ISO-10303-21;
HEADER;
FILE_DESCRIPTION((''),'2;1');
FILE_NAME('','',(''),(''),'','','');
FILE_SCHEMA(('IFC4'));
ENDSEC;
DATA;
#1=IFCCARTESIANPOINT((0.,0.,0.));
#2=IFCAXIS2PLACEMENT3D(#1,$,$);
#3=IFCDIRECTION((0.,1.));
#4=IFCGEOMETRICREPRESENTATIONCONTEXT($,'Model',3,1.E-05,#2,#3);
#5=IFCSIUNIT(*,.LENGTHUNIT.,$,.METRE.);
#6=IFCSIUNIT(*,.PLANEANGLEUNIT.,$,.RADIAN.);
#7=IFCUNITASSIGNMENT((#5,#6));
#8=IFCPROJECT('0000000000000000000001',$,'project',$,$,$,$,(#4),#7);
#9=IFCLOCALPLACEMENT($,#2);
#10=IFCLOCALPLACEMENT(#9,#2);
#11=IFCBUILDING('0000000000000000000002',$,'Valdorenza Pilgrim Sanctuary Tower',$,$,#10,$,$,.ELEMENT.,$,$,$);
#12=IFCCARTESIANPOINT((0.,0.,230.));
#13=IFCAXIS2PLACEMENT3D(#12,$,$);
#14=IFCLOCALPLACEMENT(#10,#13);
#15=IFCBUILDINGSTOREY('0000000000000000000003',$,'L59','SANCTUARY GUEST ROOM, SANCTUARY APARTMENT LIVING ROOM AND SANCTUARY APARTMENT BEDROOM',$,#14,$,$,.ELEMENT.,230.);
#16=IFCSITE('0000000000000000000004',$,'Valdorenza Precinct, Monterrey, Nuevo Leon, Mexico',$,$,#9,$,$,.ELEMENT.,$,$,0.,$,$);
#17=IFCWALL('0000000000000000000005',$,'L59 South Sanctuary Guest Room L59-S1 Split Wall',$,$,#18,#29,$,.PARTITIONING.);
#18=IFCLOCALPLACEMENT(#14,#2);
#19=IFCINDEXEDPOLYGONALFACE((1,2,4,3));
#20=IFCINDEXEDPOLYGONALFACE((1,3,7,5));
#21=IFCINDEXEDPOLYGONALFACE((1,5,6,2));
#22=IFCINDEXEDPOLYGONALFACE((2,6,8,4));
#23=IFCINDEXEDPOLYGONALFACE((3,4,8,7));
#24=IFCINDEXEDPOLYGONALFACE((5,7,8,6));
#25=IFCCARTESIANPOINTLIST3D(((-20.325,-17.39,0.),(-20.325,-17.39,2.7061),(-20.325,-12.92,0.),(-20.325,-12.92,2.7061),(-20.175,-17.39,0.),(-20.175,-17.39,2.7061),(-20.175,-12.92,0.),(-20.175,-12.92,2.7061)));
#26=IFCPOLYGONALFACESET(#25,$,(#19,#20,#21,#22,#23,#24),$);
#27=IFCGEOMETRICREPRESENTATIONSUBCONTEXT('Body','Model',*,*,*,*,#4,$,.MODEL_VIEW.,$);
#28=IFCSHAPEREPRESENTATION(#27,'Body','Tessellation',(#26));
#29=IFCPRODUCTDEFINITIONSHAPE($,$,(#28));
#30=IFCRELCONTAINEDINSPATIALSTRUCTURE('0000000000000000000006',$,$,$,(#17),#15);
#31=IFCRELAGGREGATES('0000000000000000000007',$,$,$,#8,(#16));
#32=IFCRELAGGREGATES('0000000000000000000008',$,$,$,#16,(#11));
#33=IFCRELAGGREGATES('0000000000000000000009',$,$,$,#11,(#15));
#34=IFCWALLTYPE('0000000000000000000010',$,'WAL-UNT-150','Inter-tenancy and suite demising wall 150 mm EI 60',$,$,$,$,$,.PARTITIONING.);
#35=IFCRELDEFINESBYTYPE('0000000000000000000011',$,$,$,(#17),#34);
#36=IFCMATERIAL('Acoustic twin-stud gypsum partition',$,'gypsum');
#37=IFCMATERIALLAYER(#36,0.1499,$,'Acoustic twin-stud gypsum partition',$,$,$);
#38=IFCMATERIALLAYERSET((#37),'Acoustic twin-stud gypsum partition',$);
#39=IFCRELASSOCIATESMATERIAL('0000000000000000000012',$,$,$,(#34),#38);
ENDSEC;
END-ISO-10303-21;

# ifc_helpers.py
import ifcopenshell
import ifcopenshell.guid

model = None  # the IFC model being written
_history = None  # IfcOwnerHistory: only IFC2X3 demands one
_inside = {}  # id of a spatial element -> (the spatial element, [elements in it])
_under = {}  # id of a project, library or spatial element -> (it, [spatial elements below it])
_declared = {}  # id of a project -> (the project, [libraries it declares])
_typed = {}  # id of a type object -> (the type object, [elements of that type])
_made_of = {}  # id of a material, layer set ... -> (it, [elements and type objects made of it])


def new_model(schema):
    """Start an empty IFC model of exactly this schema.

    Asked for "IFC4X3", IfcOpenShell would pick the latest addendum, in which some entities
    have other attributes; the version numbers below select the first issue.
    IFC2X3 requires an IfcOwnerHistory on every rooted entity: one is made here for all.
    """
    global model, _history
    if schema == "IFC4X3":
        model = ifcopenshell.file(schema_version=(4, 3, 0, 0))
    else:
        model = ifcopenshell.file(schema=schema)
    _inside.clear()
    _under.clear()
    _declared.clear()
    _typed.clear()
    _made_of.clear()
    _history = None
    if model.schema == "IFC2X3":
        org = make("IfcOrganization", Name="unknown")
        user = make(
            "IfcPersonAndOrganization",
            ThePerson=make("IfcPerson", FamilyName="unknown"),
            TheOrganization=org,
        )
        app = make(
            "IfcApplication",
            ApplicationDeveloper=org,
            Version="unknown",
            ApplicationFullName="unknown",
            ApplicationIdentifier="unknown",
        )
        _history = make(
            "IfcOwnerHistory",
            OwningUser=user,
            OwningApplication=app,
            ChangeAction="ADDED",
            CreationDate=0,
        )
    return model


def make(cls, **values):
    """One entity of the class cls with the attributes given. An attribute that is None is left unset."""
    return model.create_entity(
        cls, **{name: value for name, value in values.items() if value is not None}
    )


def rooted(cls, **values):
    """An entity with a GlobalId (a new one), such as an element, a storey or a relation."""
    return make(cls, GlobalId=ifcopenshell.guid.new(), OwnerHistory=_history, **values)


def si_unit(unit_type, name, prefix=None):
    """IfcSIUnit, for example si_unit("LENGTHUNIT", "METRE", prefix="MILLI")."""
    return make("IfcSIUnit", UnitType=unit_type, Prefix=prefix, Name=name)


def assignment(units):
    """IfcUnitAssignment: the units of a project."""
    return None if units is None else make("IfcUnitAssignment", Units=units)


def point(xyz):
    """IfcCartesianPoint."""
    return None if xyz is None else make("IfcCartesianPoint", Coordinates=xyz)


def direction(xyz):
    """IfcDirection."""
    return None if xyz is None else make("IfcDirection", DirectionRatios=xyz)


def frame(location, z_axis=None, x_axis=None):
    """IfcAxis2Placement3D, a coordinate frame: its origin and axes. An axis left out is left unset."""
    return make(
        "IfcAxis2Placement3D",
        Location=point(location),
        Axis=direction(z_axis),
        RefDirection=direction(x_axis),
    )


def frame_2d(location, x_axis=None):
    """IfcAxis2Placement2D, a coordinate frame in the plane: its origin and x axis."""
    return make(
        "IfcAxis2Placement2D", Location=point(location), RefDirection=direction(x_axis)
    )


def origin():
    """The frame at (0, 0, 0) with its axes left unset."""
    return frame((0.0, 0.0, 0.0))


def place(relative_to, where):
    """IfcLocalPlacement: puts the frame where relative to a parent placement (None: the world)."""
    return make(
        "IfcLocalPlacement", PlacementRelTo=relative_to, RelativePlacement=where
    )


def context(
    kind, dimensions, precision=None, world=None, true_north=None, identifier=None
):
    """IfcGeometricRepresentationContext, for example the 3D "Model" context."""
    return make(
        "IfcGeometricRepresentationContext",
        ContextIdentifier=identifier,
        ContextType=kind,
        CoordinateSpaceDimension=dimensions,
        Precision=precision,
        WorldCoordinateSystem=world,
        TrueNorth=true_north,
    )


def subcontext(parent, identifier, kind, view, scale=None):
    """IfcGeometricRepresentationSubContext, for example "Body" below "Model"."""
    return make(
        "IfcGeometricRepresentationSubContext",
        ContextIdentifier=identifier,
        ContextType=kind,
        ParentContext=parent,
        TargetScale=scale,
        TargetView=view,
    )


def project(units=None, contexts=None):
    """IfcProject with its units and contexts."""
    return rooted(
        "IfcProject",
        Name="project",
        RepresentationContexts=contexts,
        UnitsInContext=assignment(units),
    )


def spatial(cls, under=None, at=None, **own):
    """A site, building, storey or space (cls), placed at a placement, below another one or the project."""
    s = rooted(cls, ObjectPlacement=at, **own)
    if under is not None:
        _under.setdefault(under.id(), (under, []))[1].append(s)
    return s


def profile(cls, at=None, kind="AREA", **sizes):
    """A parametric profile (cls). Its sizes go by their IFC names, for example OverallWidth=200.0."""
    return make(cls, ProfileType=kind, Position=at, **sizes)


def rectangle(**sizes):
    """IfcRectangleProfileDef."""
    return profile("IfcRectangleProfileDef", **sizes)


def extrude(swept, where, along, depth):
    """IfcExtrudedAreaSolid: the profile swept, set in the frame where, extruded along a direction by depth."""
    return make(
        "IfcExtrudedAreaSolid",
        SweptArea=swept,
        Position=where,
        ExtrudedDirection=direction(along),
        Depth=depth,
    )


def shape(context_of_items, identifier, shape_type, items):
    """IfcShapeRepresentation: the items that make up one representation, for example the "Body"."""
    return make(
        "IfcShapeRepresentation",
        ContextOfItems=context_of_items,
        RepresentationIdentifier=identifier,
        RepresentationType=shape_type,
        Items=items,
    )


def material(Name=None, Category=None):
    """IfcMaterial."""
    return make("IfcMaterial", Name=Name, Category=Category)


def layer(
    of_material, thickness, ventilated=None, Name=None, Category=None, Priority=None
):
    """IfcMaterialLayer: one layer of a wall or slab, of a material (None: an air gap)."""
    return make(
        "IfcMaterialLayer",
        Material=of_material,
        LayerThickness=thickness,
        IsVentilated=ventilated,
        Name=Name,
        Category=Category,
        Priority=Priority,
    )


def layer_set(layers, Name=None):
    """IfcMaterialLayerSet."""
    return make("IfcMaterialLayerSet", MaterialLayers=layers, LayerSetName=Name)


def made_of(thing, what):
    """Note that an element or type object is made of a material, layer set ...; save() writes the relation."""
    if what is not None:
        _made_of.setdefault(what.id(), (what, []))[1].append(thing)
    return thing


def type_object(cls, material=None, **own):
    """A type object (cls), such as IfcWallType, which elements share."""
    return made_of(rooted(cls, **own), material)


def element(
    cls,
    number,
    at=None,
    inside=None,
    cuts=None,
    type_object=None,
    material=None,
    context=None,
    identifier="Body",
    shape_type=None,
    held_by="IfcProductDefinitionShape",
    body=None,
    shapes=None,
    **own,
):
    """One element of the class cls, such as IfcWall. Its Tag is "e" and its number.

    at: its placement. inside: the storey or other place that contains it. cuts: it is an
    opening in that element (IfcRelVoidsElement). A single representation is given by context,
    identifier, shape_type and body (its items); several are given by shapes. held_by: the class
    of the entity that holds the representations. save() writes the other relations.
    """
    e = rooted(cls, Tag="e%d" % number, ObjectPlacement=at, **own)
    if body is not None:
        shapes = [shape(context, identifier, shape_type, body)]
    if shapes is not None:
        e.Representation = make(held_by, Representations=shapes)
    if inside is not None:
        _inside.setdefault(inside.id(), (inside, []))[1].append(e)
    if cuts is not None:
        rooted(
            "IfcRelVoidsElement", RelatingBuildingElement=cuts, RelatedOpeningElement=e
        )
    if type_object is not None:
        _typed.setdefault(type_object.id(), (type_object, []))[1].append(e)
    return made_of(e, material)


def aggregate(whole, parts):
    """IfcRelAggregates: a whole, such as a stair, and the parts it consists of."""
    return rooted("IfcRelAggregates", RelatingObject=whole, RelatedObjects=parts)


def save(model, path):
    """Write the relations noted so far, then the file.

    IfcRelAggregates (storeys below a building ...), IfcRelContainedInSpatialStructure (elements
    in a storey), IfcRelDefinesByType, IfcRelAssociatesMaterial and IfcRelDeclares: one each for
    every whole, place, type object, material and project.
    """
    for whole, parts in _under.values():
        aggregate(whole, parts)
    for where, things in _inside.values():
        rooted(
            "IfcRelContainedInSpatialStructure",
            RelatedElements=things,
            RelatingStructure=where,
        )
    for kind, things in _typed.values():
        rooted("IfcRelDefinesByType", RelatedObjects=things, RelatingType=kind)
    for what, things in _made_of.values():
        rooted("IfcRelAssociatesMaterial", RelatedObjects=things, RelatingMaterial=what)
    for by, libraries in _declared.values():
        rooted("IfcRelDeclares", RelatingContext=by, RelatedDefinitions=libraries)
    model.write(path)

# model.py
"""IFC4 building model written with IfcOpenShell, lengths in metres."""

from ifc_helpers import new_model, si_unit, direction, frame, frame_2d, origin, place, context, subcontext, project, spatial, rectangle, extrude, material, layer, layer_set, type_object, element, save


model = new_model("IFC4")

# Units and contexts
model_context = context("Model", 3, precision=1e-05, world=origin(), true_north=direction((0.0, 1.0)))
body_context = subcontext(model_context, "Body", "Model", "MODEL_VIEW")
ifc_project = project(units=[si_unit("LENGTHUNIT", "METRE"), si_unit("PLANEANGLEUNIT", "RADIAN")], contexts=[model_context])

# Site, building, storey
site_placement = place(None, origin())
site = spatial("IfcSite", under=ifc_project, at=site_placement, Name="Valdorenza Precinct, Monterrey, Nuevo Leon, Mexico", CompositionType="ELEMENT", RefElevation=0.0)
building_placement = place(site_placement, origin())
building = spatial("IfcBuilding", under=site, at=building_placement, Name="Valdorenza Pilgrim Sanctuary Tower", CompositionType="ELEMENT")
storey_placement = place(building_placement, frame((0.0, 0.0, 230.0)))
storey = spatial("IfcBuildingStorey", under=building, at=storey_placement, Name="L59", Description="SANCTUARY GUEST ROOM, SANCTUARY APARTMENT LIVING ROOM AND SANCTUARY APARTMENT BEDROOM", CompositionType="ELEMENT", Elevation=230.0)

# Shared definitions
ifc_material_1 = material(Name="Acoustic twin-stud gypsum partition", Category="gypsum")

# Wall
ifc_layer_1 = layer(ifc_material_1, 0.1499, Name="Acoustic twin-stud gypsum partition")
ifc_layer_set_1 = layer_set([ifc_layer_1], Name="Acoustic twin-stud gypsum partition")
wall_type_1 = type_object("IfcWallType", Name="WAL-UNT-150", Description="Inter-tenancy and suite demising wall 150 mm EI 60", PredefinedType="PARTITIONING", material=ifc_layer_set_1)
wall_1_placement = place(storey_placement, frame((-20.25, -17.3899, 0.0), z_axis=(0.0, 0.0, 1.0), x_axis=(0.0, 1.0, 0.0)))
element("IfcWall", 1, at=wall_1_placement, inside=storey, type_object=wall_type_1, Name="L59 South Sanctuary Guest Room L59-S1 Split Wall", PredefinedType="PARTITIONING", context=body_context, shape_type="SweptSolid", body=[
    extrude(rectangle(XDim=4.47, YDim=0.1499, at=frame_2d((2.2349, 0.0))), origin(), (0.0, 0.0, 1.0), 2.7061),
])

save(model, "model.ifc")
